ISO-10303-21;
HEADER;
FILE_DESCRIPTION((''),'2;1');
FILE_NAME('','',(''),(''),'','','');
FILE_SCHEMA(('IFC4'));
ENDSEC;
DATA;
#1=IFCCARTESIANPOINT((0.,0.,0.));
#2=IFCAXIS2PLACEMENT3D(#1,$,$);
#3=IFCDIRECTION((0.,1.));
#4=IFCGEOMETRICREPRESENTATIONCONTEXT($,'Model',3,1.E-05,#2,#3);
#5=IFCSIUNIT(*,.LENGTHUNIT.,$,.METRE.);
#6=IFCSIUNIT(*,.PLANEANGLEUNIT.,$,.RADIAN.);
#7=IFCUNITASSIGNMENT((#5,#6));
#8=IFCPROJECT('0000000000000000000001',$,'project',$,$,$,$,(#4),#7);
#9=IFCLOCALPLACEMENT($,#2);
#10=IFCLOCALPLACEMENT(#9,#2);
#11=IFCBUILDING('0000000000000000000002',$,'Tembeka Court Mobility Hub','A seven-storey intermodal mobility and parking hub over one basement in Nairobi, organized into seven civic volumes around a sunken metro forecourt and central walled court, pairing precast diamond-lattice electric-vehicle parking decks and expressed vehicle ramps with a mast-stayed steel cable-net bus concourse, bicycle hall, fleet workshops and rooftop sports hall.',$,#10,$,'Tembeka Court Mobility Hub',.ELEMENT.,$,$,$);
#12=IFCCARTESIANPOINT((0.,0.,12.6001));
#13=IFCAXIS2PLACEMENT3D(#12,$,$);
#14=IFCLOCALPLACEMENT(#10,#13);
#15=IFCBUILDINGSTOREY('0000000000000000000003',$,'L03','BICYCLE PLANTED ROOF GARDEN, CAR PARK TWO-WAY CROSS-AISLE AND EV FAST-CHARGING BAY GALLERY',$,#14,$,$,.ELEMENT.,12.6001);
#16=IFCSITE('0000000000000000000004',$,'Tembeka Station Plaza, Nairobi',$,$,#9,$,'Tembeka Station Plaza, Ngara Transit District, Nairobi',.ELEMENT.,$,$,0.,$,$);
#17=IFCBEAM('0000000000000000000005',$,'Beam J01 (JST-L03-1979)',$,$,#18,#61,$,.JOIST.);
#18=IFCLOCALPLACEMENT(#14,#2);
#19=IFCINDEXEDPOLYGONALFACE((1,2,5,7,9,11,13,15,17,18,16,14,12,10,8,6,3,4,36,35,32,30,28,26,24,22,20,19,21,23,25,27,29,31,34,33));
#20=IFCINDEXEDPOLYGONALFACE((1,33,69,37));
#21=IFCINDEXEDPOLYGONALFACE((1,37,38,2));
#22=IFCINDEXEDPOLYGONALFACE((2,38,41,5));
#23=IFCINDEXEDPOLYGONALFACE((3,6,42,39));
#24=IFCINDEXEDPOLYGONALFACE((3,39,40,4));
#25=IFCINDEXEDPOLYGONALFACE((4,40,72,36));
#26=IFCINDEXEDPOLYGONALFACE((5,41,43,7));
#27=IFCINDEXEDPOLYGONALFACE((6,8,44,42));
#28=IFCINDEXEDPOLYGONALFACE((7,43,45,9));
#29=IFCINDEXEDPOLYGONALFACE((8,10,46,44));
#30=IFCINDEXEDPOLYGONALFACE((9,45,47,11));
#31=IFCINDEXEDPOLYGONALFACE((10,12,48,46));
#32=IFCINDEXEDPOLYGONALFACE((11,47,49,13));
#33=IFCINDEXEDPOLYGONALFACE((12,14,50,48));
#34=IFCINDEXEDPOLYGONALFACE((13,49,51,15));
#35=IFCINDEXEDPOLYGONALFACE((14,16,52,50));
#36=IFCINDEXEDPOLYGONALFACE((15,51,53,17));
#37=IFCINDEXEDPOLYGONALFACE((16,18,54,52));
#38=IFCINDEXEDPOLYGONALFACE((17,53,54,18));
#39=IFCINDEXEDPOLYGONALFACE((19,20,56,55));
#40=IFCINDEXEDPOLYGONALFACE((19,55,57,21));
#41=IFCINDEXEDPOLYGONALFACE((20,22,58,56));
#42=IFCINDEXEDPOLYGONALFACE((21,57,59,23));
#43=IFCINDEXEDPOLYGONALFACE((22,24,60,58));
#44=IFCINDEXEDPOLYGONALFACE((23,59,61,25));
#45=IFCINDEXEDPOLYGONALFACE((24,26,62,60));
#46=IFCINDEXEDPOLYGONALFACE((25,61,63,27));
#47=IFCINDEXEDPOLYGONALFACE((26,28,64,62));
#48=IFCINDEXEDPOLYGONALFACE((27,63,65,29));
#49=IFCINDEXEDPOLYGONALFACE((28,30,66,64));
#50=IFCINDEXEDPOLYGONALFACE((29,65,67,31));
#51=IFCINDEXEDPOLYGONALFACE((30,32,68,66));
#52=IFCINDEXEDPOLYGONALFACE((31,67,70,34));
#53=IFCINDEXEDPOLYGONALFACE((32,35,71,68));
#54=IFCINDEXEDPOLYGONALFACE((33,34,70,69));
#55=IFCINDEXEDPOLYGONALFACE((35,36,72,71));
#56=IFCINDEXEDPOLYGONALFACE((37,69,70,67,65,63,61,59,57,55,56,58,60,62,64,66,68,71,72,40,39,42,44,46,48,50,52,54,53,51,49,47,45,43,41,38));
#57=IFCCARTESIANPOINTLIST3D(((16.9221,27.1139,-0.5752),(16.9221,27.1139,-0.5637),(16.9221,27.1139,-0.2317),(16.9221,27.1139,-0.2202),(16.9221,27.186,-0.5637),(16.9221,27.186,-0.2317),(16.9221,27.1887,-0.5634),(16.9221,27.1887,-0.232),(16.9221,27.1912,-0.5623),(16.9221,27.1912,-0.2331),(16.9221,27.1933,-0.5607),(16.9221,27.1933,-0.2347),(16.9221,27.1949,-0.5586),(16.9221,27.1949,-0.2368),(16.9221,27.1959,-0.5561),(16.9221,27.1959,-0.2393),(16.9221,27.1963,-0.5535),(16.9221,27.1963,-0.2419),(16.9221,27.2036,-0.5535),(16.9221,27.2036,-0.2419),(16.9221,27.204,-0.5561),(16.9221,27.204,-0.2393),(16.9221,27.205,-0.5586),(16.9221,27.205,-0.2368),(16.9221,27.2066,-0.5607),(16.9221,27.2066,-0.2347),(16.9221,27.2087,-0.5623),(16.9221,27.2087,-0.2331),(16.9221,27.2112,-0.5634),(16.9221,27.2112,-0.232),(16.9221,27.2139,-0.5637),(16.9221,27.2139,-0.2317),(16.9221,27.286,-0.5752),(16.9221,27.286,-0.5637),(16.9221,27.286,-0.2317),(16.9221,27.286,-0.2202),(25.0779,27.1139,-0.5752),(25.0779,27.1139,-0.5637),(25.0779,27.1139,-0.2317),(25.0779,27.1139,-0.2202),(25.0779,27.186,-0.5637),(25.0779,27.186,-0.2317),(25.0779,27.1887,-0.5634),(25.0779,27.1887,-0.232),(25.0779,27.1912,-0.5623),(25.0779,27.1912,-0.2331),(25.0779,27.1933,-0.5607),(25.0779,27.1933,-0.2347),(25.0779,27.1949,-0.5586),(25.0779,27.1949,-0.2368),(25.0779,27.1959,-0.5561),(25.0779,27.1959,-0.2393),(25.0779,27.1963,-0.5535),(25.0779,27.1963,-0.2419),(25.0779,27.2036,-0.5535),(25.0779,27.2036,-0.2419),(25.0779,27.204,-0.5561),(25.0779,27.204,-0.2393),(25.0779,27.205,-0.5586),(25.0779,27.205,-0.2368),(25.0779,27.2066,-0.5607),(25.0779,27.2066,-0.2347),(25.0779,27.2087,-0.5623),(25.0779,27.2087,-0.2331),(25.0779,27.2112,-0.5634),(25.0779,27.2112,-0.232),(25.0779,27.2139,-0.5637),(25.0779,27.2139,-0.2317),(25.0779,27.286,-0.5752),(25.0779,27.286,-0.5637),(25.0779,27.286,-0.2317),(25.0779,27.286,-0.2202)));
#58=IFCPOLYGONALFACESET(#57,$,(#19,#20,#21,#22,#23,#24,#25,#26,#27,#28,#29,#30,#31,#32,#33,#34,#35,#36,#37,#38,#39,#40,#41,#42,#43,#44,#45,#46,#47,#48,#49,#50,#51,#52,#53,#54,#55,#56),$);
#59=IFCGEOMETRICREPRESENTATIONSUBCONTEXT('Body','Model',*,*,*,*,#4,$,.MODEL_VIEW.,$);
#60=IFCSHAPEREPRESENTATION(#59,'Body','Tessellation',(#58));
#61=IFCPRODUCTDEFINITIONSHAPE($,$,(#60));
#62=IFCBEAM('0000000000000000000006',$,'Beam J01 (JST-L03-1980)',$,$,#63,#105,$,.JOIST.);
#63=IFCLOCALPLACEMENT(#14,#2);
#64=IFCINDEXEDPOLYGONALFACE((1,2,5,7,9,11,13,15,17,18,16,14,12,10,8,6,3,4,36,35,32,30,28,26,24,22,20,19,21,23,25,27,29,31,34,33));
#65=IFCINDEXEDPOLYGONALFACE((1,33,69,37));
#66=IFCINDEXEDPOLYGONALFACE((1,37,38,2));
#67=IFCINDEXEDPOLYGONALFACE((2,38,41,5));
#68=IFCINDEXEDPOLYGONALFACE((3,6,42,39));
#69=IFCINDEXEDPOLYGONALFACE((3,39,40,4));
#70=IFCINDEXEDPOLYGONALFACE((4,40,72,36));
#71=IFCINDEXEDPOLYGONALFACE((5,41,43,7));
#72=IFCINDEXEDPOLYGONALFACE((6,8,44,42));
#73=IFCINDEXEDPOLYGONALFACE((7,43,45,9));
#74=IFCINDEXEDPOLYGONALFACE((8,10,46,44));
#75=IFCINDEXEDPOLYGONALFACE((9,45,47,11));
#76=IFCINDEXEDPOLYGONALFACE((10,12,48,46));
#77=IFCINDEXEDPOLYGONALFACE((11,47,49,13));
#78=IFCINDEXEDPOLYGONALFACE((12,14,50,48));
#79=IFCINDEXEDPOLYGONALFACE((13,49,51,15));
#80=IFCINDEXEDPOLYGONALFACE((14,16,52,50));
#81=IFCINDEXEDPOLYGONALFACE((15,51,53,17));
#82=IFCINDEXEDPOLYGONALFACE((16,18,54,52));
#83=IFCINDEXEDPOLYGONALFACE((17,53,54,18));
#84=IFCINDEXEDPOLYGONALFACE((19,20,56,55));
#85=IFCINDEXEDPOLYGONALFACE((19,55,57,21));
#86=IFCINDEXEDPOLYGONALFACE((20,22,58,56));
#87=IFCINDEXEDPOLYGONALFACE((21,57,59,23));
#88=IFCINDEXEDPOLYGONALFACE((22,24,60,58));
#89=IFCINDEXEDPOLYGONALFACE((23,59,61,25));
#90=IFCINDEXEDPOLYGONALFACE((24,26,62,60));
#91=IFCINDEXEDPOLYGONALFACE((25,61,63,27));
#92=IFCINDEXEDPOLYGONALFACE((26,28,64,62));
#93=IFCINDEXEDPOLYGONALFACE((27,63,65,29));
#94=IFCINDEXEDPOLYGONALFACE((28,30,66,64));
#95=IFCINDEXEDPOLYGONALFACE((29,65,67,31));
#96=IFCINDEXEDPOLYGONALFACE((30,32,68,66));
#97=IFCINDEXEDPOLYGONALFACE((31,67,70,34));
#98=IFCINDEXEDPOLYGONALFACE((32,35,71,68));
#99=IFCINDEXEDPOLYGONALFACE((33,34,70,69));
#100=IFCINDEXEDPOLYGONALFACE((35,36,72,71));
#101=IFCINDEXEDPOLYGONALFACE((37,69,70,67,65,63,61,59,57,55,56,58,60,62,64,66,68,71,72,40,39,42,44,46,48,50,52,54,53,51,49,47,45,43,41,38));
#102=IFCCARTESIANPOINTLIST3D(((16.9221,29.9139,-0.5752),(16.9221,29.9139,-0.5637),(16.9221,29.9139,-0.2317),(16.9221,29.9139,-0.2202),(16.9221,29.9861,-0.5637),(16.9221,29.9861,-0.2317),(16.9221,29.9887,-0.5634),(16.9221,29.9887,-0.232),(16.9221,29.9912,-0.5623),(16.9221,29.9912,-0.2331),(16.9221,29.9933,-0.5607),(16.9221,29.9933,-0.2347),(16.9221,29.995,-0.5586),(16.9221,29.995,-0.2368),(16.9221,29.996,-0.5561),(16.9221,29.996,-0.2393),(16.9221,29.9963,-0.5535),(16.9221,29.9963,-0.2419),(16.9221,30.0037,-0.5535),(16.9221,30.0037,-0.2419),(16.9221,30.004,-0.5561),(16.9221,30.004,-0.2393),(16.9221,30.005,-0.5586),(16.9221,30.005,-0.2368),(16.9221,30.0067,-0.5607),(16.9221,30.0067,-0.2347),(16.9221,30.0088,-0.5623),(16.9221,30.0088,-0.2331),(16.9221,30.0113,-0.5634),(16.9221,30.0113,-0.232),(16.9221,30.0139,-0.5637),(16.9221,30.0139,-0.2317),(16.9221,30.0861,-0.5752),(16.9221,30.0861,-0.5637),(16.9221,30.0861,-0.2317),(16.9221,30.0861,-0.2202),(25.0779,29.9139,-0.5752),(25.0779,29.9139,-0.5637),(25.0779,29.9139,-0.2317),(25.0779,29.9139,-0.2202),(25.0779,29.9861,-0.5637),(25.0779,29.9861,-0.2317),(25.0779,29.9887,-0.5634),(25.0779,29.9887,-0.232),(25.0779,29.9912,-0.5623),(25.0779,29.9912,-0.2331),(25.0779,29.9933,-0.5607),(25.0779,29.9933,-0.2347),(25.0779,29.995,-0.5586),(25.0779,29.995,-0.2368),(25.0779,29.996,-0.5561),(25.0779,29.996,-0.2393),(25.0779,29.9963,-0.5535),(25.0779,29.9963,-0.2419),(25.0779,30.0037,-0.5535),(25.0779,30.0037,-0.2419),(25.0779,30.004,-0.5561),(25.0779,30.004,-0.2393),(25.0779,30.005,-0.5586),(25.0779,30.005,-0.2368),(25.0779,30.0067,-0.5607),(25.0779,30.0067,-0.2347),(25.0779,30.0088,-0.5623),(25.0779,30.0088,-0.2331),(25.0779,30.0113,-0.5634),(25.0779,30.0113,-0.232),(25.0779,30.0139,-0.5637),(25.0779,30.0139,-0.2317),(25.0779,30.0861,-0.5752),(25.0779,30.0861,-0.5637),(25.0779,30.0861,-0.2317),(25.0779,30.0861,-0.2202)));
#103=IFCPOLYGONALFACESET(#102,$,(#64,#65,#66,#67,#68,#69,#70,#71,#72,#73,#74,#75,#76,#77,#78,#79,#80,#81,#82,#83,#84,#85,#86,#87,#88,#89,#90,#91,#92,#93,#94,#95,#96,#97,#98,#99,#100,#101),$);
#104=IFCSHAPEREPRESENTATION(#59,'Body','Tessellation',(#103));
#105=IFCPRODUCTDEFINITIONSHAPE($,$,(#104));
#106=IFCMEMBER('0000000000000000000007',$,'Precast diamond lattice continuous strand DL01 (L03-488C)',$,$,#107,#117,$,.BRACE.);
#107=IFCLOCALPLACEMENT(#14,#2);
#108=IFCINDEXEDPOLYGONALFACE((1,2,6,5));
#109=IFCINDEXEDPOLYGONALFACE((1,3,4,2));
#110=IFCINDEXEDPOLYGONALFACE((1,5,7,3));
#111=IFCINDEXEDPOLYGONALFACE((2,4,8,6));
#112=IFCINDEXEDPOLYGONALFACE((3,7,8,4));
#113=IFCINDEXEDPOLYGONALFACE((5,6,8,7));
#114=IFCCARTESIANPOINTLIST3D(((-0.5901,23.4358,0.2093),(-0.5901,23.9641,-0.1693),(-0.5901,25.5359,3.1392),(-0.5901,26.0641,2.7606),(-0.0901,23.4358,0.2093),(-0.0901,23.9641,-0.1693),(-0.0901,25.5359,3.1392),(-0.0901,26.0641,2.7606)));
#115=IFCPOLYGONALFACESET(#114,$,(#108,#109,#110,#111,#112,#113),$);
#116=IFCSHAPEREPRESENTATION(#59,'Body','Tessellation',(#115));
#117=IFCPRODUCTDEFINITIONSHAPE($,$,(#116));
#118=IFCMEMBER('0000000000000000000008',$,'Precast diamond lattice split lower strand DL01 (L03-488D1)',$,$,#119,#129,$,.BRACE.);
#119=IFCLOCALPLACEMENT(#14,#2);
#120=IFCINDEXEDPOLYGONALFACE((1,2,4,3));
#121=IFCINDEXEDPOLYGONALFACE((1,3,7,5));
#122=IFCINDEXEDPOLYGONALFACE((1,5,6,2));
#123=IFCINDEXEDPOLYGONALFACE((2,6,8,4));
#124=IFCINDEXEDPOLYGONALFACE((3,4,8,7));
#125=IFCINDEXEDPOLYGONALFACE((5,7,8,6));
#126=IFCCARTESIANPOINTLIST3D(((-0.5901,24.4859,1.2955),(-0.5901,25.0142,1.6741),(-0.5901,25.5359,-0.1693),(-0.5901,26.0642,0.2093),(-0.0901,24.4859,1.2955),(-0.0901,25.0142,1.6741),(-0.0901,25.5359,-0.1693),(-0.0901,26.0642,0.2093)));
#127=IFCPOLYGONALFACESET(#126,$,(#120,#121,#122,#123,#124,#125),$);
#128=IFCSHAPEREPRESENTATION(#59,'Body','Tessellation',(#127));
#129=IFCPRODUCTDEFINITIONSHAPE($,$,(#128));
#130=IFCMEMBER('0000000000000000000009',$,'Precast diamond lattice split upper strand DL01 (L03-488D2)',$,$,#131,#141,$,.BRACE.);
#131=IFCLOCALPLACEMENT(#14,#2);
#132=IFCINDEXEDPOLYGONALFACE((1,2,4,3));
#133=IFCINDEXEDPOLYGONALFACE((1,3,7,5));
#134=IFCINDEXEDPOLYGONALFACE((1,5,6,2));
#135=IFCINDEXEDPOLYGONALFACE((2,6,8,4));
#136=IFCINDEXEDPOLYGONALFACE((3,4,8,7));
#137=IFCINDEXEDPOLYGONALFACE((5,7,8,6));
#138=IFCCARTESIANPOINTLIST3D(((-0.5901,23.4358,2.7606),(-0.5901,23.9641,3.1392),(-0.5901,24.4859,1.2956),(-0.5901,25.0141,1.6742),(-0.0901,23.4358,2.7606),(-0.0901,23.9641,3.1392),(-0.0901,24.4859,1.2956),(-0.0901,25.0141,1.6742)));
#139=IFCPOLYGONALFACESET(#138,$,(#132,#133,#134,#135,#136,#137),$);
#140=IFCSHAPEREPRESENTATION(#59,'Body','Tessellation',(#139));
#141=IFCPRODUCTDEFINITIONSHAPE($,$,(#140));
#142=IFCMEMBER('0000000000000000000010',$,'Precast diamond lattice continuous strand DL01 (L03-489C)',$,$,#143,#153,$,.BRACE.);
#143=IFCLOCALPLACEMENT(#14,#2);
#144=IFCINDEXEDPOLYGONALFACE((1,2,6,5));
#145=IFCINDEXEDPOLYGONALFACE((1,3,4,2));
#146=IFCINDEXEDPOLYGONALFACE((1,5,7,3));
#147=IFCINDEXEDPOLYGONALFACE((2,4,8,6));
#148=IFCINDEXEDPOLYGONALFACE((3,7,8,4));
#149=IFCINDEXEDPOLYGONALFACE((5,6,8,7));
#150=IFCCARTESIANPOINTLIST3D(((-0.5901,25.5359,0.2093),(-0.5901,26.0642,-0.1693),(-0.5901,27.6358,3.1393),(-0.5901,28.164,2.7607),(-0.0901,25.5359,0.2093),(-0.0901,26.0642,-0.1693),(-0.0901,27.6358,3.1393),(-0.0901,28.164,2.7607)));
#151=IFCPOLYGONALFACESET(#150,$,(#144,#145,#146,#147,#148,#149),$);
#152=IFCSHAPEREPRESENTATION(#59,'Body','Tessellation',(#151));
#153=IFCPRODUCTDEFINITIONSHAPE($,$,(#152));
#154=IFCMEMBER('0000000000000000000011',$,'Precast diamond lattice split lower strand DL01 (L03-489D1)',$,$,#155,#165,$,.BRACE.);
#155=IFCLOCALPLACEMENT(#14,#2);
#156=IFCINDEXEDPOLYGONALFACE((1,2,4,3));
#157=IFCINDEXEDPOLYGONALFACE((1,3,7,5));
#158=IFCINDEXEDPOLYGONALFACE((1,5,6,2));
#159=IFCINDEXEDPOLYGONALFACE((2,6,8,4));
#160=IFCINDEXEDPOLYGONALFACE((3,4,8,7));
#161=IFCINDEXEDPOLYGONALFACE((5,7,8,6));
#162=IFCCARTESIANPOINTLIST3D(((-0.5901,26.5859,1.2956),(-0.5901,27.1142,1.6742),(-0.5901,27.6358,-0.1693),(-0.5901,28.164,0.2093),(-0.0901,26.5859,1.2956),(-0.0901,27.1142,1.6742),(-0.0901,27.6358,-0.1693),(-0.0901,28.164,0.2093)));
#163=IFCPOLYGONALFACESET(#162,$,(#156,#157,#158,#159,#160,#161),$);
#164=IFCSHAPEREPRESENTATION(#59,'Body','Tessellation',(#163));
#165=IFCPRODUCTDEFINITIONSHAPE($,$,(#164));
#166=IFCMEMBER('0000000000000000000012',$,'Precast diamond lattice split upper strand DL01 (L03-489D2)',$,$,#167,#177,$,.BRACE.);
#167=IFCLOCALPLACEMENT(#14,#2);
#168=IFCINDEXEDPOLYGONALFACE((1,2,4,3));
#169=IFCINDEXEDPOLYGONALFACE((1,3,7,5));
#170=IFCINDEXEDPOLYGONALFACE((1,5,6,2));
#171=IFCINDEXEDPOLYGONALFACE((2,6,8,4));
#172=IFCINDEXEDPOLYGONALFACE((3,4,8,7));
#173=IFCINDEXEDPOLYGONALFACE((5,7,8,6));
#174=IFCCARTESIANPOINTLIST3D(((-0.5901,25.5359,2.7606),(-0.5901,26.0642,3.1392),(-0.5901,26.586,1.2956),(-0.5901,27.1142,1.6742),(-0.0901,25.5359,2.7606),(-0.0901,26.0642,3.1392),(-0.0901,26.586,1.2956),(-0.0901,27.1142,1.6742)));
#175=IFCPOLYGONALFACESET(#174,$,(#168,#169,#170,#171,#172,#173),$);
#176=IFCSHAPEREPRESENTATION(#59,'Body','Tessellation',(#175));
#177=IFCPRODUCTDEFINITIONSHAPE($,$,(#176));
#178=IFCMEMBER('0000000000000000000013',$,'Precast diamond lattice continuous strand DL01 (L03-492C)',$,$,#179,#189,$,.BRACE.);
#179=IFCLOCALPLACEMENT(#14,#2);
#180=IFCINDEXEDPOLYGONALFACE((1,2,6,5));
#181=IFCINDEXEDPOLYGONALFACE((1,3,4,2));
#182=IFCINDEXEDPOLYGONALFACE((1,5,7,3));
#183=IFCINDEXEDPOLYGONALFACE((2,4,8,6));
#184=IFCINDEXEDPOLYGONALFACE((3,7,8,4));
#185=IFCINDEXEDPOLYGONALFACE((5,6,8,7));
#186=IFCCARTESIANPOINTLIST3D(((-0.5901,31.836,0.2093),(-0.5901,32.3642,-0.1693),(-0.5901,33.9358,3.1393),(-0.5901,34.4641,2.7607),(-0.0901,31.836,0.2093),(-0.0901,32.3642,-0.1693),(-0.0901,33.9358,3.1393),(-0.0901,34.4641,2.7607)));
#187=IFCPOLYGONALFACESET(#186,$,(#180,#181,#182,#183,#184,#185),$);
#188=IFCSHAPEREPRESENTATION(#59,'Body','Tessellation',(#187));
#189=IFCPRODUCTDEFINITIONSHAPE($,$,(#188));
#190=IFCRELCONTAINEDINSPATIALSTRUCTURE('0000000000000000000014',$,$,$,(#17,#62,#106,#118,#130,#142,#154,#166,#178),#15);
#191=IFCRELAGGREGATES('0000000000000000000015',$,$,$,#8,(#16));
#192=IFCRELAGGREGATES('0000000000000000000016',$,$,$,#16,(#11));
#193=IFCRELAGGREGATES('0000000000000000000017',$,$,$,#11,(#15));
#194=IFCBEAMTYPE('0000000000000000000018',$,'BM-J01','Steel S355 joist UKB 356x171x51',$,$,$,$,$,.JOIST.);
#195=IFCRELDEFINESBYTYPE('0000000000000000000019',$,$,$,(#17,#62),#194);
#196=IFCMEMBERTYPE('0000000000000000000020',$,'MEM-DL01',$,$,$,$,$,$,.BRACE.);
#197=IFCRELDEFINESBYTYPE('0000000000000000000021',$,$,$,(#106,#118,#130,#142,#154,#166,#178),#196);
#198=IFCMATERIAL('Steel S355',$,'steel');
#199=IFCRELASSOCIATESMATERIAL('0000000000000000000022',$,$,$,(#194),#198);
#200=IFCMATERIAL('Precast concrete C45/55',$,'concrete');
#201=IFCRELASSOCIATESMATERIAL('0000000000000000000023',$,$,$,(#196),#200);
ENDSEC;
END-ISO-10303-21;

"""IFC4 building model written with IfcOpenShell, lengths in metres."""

from ifc_helpers import new_model, si_unit, direction, frame, origin, origin_2d, place, context, subcontext, project, spatial, rectangle, i_section, extrude, material, material_profile, profile_set, type_object, element, save


model = new_model("IFC4")

# Units and contexts
model_context = context("Model", 3, precision=1e-05, world=origin(), true_north=direction((0.0, 1.0)))
body_context = subcontext(model_context, "Body", "Model", "MODEL_VIEW")
ifc_project = project(units=[si_unit("LENGTHUNIT", "METRE"), si_unit("PLANEANGLEUNIT", "RADIAN")], contexts=[model_context])

# Site, building, storey
site_placement = place(None, origin())
site = spatial("IfcSite", under=ifc_project, at=site_placement, Name="Tembeka Station Plaza, Nairobi", LongName="Tembeka Station Plaza, Ngara Transit District, Nairobi", CompositionType="ELEMENT", RefElevation=0.0)
building_placement = place(site_placement, origin())
building = spatial("IfcBuilding", under=site, at=building_placement, Name="Tembeka Court Mobility Hub", Description="A seven-storey intermodal mobility and parking hub over one basement in Nairobi, organized into seven civic volumes around a sunken metro forecourt and central walled court, pairing precast diamond-lattice electric-vehicle parking decks and expressed vehicle ramps with a mast-stayed steel cable-net bus concourse, bicycle hall, fleet workshops and rooftop sports hall.", LongName="Tembeka Court Mobility Hub", CompositionType="ELEMENT")
storey_placement = place(building_placement, frame((0.0, 0.0, 12.6001)))
storey = spatial("IfcBuildingStorey", under=building, at=storey_placement, Name="L03", Description="BICYCLE PLANTED ROOF GARDEN, CAR PARK TWO-WAY CROSS-AISLE AND EV FAST-CHARGING BAY GALLERY", CompositionType="ELEMENT", Elevation=12.6001)

# Shared definitions
ifc_material_1 = material(Name="Steel S355", Category="steel")

# Beams
ifc_material_profile_1 = material_profile(ifc_material_1, i_section(OverallWidth=0.1721, OverallDepth=0.355, WebThickness=0.0073, FlangeThickness=0.0115, FilletRadius=0.0103, at=origin_2d()), Name="UKB 356x171x51")
ifc_profile_set_1 = profile_set([ifc_material_profile_1], Name="Steel S355")
beam_type_1 = type_object("IfcBeamType", Name="BM-J01", Description="Steel S355 joist UKB 356x171x51", PredefinedType="JOIST", material=ifc_profile_set_1)
for number, where, z_axis, x_axis, name in (
    (1, (16.9221, 27.2, -0.3977), (1.0, 0.0, 0.0), (0.0, 1.0, 0.0), "Beam J01 (JST-L03-1979)"),
    (2, (16.9221, 30.0, -0.3977), (1.0, 0.0, 0.0), (0.0, 1.0, 0.0), "Beam J01 (JST-L03-1980)"),
):
    element("IfcBeam", number, at=place(storey_placement, frame(where, z_axis=z_axis, x_axis=x_axis)), inside=storey, type_object=beam_type_1, Name=name, PredefinedType="JOIST", context=body_context, shape_type="SweptSolid", body=[
        extrude(i_section(OverallWidth=0.1721, OverallDepth=0.355, WebThickness=0.0073, FlangeThickness=0.0115, FilletRadius=0.0103, at=origin_2d()), origin(), (0.0, 0.0, 1.0), 8.1558),
    ])

# Members
ifc_material_2 = material(Name="Precast concrete C45/55", Category="concrete")
ifc_material_profile_2 = material_profile(ifc_material_2, rectangle(XDim=0.5, YDim=0.6499, at=origin_2d()), Name="PC-DIAG 500x650")
ifc_profile_set_2 = profile_set([ifc_material_profile_2], Name="Precast concrete C45/55")
member_type_1 = type_object("IfcMemberType", Name="MEM-DL01", PredefinedType="BRACE", material=ifc_profile_set_2)
member_1_placement = place(storey_placement, frame((-0.3401, 23.7, 0.02), z_axis=(0.0, 0.582576, 0.812776), x_axis=(-1.0, 0.0, 0.0)))
element("IfcMember", 3, at=member_1_placement, inside=storey, type_object=member_type_1, Name="Precast diamond lattice continuous strand DL01 (L03-488C)", PredefinedType="BRACE", context=body_context, shape_type="SweptSolid", body=[
    extrude(rectangle(XDim=0.5, YDim=0.6499, at=origin_2d()), origin(), (0.0, 0.0, 1.0), 3.6047),
])
member_2_placement = place(storey_placement, frame((-0.3401, 25.8, 0.02), z_axis=(0.0, -0.582608, 0.812753), x_axis=(1.0, 0.0, 0.0)))
element("IfcMember", 4, at=member_2_placement, inside=storey, type_object=member_type_1, Name="Precast diamond lattice split lower strand DL01 (L03-488D1)", PredefinedType="BRACE", context=body_context, shape_type="SweptSolid", body=[
    extrude(rectangle(XDim=0.5, YDim=0.6499, at=origin_2d()), origin(), (0.0, 0.0, 1.0), 1.8022),
])
member_3_placement = place(storey_placement, frame((-0.3401, 24.75, 1.4849), z_axis=(0.0, -0.582544, 0.812799), x_axis=(1.0, 0.0, 0.0)))
element("IfcMember", 5, at=member_3_placement, inside=storey, type_object=member_type_1, Name="Precast diamond lattice split upper strand DL01 (L03-488D2)", PredefinedType="BRACE", context=body_context, shape_type="SweptSolid", body=[
    extrude(rectangle(XDim=0.5, YDim=0.6499, at=origin_2d()), origin(), (0.0, 0.0, 1.0), 1.8025),
])
member_4_placement = place(storey_placement, frame((-0.3401, 25.8, 0.02), z_axis=(0.0, 0.582532, 0.812808), x_axis=(-1.0, 0.0, 0.0)))
element("IfcMember", 6, at=member_4_placement, inside=storey, type_object=member_type_1, Name="Precast diamond lattice continuous strand DL01 (L03-489C)", PredefinedType="BRACE", context=body_context, shape_type="SweptSolid", body=[
    extrude(rectangle(XDim=0.5, YDim=0.6499, at=origin_2d()), origin(), (0.0, 0.0, 1.0), 3.6047),
])
member_5_placement = place(storey_placement, frame((-0.3401, 27.8999, 0.02), z_axis=(0.0, -0.582519, 0.812817), x_axis=(1.0, 0.0, 0.0)))
element("IfcMember", 7, at=member_5_placement, inside=storey, type_object=member_type_1, Name="Precast diamond lattice split lower strand DL01 (L03-489D1)", PredefinedType="BRACE", context=body_context, shape_type="SweptSolid", body=[
    extrude(rectangle(XDim=0.5, YDim=0.6499, at=origin_2d()), origin(), (0.0, 0.0, 1.0), 1.8022),
])
member_6_placement = place(storey_placement, frame((-0.3401, 26.8501, 1.4849), z_axis=(0.0, -0.582544, 0.812799), x_axis=(1.0, 0.0, 0.0)))
element("IfcMember", 8, at=member_6_placement, inside=storey, type_object=member_type_1, Name="Precast diamond lattice split upper strand DL01 (L03-489D2)", PredefinedType="BRACE", context=body_context, shape_type="SweptSolid", body=[
    extrude(rectangle(XDim=0.5, YDim=0.6499, at=origin_2d()), origin(), (0.0, 0.0, 1.0), 1.8025),
])
member_7_placement = place(storey_placement, frame((-0.3401, 32.1001, 0.02), z_axis=(0.0, 0.582532, 0.812808), x_axis=(-1.0, 0.0, 0.0)))
element("IfcMember", 9, at=member_7_placement, inside=storey, type_object=member_type_1, Name="Precast diamond lattice continuous strand DL01 (L03-492C)", PredefinedType="BRACE", context=body_context, shape_type="SweptSolid", body=[
    extrude(rectangle(XDim=0.5, YDim=0.6499, at=origin_2d()), origin(), (0.0, 0.0, 1.0), 3.6047),
])

save(model, "model.ifc")
